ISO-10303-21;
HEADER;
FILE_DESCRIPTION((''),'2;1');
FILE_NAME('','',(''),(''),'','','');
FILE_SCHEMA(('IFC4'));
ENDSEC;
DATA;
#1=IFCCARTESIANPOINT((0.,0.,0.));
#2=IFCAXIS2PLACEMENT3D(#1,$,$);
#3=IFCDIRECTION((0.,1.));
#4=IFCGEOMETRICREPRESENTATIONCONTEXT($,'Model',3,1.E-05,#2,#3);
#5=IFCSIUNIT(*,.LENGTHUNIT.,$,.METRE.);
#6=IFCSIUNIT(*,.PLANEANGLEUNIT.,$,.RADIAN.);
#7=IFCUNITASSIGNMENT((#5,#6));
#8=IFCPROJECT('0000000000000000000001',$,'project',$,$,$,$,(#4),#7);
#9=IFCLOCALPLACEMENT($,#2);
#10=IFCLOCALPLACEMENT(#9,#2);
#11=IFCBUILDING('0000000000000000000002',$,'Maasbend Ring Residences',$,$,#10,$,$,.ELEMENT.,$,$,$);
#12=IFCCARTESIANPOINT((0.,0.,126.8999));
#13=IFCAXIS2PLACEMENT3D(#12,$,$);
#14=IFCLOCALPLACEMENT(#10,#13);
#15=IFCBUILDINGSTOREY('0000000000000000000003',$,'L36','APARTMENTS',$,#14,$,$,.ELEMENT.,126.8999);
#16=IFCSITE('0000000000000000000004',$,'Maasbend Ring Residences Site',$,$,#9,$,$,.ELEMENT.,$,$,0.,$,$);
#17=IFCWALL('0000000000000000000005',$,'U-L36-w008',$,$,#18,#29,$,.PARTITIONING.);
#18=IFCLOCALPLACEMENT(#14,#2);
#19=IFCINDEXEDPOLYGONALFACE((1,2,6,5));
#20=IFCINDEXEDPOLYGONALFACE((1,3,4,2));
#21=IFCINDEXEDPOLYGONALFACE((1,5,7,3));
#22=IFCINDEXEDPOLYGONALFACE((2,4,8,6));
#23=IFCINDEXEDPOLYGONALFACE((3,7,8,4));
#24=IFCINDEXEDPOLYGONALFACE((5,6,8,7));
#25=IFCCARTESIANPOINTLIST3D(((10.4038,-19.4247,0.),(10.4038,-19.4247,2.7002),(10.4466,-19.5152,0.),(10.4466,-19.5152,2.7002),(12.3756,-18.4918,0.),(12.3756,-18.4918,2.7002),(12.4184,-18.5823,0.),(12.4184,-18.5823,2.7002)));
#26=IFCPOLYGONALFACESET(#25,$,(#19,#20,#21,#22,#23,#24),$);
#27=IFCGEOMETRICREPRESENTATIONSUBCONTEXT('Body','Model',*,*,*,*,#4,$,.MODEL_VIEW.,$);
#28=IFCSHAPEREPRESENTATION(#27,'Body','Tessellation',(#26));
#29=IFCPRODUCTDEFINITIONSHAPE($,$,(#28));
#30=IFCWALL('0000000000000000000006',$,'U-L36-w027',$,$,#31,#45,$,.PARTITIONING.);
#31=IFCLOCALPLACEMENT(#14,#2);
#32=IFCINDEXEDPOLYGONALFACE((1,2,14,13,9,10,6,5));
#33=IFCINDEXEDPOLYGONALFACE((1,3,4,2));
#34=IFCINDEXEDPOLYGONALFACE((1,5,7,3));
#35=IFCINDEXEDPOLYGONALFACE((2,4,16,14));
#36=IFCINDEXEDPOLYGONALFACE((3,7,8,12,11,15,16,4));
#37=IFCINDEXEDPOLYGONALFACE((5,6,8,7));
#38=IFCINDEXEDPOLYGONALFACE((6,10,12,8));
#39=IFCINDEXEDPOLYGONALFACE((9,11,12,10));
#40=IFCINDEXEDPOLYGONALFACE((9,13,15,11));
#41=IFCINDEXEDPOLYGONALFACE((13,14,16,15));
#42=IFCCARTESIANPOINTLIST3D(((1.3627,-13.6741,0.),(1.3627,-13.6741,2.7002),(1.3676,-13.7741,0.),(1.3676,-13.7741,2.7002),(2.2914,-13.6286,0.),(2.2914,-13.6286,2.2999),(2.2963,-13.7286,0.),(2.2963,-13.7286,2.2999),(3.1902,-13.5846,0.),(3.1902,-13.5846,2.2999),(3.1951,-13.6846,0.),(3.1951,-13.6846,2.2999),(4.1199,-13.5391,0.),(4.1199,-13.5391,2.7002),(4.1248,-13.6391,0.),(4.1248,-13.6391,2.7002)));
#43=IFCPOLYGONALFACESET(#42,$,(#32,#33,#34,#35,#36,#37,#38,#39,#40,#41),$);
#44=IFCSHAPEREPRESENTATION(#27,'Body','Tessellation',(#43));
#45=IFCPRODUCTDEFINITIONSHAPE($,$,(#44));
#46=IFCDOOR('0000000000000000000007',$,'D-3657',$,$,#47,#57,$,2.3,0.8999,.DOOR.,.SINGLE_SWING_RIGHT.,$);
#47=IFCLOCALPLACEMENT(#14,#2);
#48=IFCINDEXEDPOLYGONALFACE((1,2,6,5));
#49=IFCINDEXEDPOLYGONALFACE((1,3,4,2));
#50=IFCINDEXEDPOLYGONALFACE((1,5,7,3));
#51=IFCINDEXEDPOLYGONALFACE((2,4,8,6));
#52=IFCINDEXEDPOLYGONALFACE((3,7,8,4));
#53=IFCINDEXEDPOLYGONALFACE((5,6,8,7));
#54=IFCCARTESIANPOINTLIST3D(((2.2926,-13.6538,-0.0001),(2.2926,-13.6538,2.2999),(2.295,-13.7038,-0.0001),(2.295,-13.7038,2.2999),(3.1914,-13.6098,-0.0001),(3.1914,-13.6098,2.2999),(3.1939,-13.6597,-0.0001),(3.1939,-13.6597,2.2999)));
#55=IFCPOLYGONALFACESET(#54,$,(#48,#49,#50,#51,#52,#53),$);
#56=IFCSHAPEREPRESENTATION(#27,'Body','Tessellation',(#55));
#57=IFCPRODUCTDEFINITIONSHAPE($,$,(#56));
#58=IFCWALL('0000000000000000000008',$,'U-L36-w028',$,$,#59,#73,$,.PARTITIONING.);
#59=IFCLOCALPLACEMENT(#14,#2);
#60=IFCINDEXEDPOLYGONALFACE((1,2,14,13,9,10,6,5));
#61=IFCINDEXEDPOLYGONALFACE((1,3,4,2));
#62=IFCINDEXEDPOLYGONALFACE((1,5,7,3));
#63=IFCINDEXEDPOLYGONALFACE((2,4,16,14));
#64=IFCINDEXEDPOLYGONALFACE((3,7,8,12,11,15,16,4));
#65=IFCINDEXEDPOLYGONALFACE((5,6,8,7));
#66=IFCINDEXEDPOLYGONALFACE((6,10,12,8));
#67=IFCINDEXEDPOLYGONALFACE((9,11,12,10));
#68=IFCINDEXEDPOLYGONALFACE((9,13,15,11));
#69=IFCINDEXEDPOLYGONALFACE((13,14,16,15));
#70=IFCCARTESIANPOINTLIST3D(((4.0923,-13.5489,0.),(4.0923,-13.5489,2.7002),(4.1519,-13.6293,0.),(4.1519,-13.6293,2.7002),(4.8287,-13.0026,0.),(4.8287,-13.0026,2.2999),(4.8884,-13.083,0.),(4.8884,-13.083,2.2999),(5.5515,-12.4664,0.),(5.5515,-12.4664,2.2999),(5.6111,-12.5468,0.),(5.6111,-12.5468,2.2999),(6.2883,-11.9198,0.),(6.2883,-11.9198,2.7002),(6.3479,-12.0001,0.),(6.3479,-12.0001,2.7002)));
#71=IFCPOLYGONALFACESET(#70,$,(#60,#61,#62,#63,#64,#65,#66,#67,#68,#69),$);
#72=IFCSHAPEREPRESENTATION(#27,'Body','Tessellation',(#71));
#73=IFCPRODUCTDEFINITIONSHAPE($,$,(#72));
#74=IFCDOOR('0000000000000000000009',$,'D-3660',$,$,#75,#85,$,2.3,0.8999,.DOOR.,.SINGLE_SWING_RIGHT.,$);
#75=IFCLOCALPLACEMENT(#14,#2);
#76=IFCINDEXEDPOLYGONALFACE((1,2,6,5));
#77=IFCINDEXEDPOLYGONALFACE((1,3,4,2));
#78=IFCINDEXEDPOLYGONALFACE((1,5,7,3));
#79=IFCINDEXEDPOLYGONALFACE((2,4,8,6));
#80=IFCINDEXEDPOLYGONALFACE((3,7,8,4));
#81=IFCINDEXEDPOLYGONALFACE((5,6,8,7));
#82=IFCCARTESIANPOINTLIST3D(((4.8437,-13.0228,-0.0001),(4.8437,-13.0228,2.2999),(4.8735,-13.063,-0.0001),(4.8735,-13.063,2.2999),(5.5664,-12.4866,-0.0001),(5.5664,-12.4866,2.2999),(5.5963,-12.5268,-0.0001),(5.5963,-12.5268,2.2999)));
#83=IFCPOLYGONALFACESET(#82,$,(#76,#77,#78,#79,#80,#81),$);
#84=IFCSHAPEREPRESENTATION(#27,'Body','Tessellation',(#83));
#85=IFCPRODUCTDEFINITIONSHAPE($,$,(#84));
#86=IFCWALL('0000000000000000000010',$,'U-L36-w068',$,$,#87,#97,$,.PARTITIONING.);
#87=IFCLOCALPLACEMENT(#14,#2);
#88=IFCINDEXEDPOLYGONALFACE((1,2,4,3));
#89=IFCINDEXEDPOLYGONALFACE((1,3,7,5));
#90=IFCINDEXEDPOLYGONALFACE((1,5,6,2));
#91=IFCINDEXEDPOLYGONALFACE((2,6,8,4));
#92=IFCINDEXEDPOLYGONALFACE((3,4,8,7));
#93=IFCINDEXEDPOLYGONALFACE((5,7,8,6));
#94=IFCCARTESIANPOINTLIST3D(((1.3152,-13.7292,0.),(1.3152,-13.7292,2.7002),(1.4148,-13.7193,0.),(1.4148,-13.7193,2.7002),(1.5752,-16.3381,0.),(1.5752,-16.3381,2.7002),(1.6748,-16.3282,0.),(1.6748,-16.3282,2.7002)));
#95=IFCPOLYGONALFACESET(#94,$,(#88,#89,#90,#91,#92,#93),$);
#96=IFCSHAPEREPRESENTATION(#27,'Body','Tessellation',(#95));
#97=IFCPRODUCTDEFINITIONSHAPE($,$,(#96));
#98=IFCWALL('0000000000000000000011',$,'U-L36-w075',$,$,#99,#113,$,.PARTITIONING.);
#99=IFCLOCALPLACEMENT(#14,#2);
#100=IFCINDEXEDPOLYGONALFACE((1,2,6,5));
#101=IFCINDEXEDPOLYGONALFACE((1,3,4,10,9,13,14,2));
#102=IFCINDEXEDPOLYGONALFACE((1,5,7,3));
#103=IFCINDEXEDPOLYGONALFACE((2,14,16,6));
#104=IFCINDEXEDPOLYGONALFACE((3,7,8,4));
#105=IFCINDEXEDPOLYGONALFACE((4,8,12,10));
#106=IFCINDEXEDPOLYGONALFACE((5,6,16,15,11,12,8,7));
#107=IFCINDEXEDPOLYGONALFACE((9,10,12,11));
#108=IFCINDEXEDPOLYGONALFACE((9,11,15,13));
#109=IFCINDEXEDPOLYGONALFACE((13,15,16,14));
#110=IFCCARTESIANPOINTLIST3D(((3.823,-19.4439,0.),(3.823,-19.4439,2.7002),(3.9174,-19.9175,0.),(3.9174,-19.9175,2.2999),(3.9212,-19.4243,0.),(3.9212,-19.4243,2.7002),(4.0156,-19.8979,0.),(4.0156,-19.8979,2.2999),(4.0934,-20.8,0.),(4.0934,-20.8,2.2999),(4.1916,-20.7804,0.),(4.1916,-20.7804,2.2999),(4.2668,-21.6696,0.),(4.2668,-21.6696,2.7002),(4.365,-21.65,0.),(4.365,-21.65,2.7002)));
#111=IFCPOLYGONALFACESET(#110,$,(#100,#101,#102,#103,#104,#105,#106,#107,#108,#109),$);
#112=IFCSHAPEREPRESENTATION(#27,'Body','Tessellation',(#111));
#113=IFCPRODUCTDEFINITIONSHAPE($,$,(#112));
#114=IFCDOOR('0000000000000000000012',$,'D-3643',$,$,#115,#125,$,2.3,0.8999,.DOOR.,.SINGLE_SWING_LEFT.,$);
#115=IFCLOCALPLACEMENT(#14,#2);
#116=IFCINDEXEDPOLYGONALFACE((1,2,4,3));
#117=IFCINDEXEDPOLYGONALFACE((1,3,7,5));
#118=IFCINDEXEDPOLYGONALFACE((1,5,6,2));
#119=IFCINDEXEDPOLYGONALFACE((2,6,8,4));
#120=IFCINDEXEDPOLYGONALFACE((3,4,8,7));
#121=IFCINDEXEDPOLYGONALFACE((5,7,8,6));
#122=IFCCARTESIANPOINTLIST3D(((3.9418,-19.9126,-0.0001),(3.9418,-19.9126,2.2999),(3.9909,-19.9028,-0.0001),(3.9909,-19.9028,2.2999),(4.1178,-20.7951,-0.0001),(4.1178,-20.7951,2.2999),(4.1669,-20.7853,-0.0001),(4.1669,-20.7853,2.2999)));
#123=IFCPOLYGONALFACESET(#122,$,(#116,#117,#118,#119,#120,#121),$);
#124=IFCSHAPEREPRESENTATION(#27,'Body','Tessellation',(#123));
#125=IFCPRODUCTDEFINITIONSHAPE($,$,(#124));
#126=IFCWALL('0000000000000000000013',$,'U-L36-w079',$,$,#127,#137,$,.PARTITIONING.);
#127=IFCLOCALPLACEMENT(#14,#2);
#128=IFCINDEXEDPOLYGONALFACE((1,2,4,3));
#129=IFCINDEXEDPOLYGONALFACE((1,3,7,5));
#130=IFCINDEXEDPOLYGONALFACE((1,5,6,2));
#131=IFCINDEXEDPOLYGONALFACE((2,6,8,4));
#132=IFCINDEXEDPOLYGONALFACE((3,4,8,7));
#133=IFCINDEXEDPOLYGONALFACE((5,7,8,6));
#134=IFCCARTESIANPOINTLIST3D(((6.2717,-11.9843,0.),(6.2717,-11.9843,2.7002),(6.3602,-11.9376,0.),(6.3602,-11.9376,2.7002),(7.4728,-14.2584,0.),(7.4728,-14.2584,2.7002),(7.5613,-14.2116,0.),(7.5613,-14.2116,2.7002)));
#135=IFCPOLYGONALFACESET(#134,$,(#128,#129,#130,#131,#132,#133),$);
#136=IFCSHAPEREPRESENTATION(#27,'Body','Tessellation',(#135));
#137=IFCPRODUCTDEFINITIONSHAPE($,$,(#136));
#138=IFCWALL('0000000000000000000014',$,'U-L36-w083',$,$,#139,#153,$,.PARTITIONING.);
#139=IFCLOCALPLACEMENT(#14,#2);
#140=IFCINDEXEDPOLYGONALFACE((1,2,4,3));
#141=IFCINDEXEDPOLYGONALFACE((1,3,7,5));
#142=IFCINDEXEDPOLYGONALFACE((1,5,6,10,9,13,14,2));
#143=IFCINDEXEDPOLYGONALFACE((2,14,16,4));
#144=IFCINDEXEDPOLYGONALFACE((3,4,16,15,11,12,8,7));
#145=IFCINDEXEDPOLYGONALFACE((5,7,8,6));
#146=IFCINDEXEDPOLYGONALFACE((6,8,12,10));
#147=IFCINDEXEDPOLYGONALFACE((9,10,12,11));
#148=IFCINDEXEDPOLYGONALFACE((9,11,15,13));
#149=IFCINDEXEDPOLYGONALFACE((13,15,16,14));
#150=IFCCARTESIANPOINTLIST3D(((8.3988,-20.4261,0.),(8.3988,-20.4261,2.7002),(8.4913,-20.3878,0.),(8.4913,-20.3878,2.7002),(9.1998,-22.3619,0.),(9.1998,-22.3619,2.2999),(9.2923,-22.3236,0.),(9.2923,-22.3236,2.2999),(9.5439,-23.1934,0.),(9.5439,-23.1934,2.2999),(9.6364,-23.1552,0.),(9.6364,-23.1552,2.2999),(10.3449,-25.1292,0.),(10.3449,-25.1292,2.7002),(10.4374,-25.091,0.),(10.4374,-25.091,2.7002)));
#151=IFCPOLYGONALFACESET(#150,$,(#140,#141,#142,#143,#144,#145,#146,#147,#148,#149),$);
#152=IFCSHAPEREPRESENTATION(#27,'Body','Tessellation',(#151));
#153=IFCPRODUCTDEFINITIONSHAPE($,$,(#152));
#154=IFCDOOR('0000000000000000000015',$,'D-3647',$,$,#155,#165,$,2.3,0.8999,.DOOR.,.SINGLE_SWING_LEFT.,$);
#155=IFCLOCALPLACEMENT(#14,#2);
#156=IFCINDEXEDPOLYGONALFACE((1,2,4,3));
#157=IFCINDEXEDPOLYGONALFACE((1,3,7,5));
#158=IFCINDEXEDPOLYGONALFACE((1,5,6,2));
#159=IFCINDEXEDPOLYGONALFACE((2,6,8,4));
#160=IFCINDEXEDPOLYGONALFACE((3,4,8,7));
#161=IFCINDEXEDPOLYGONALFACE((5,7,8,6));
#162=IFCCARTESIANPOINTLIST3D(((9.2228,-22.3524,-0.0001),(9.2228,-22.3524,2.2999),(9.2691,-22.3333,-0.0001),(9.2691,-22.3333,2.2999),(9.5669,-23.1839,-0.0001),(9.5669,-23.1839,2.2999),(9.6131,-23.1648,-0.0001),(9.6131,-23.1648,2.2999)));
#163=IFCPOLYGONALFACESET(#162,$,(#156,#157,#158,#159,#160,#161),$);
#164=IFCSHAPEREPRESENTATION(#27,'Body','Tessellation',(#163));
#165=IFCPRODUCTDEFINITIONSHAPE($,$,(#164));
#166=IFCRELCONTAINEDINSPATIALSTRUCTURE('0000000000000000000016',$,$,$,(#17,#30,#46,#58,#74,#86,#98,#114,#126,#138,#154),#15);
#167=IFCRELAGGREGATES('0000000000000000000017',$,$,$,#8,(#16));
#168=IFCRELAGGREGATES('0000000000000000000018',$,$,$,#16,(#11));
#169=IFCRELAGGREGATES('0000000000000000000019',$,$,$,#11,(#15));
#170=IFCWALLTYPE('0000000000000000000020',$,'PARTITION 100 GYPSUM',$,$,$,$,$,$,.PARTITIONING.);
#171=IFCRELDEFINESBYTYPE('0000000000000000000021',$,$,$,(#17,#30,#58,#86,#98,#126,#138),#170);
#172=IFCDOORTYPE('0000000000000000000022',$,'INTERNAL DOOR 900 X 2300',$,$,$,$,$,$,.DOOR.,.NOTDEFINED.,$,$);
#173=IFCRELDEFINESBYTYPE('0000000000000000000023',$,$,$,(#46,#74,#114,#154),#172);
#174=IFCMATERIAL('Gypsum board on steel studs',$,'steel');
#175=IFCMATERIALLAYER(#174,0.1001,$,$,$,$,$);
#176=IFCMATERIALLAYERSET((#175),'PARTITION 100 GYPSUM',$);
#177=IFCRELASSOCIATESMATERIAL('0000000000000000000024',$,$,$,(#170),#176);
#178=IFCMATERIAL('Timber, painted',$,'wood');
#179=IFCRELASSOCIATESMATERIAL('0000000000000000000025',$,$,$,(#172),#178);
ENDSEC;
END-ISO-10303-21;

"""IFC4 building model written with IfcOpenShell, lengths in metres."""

from ifc_helpers import new_model, si_unit, direction, frame, frame_2d, origin, place, context, subcontext, project, spatial, rectangle, extrude, material, layer, layer_set, type_object, element, fill, save


model = new_model("IFC4")

# Units and contexts
model_context = context("Model", 3, precision=1e-05, world=origin(), true_north=direction((0.0, 1.0)))
body_context = subcontext(model_context, "Body", "Model", "MODEL_VIEW")
ifc_project = project(units=[si_unit("LENGTHUNIT", "METRE"), si_unit("PLANEANGLEUNIT", "RADIAN")], contexts=[model_context])

# Site, building, storey
site_placement = place(None, origin())
site = spatial("IfcSite", under=ifc_project, at=site_placement, Name="Maasbend Ring Residences Site", CompositionType="ELEMENT", RefElevation=0.0)
building_placement = place(site_placement, origin())
building = spatial("IfcBuilding", under=site, at=building_placement, Name="Maasbend Ring Residences", CompositionType="ELEMENT")
storey_placement = place(building_placement, frame((0.0, 0.0, 126.8999)))
storey = spatial("IfcBuildingStorey", under=building, at=storey_placement, Name="L36", Description="APARTMENTS", CompositionType="ELEMENT", Elevation=126.8999)

# Wall
ifc_material_1 = material(Name="Gypsum board on steel studs", Category="steel")
ifc_layer_1 = layer(ifc_material_1, 0.1001)
ifc_layer_set_1 = layer_set([ifc_layer_1], Name="PARTITION 100 GYPSUM")
wall_type_1 = type_object("IfcWallType", Name="PARTITION 100 GYPSUM", PredefinedType="PARTITIONING", material=ifc_layer_set_1)
wall_1_placement = place(storey_placement, frame((10.425, -19.47, 0.0), z_axis=(0.0, 0.0, 1.0), x_axis=(0.903952, 0.427634, 0.0)))
element("IfcWall", 1, at=wall_1_placement, inside=storey, type_object=wall_type_1, Name="U-L36-w008", PredefinedType="PARTITIONING", context=body_context, shape_type="SweptSolid", body=[
    extrude(rectangle(XDim=2.1814, YDim=0.1001, at=frame_2d((1.0908, 0.0))), origin(), (0.0, 0.0, 1.0), 2.7002),
])

# Walls, openings, doors
wall_2_placement = place(storey_placement, frame((1.365, -13.7241, 0.0), z_axis=(0.0, 0.0, 1.0), x_axis=(0.998803, 0.04891, 0.0)))
wall_2 = element("IfcWall", 2, at=wall_2_placement, inside=storey, type_object=wall_type_1, Name="U-L36-w027", PredefinedType="PARTITIONING", context=body_context, shape_type="SweptSolid", body=[
    extrude(rectangle(XDim=2.7605, YDim=0.1001, at=frame_2d((1.3804, 0.0))), origin(), (0.0, 0.0, 1.0), 2.7002),
])
opening_1_placement = place(wall_2_placement, frame((0.9299, 0.0, 0.0)))
opening_1 = element("IfcOpeningElement", 3, at=opening_1_placement, cuts=wall_2, PredefinedType="OPENING", context=body_context, shape_type="SweptSolid", body=[
    extrude(rectangle(XDim=0.8999, YDim=2.3, at=frame_2d((0.45, 1.1499))), frame((0.0, 0.0601, 0.0), z_axis=(0.0, -1.0, 0.0), x_axis=(1.0, 0.0, 0.0)), (0.0, 0.0, 1.0), 0.1201),
])
ifc_material_2 = material(Name="Timber, painted", Category="wood")
door_type_1 = type_object("IfcDoorType", Name="INTERNAL DOOR 900 X 2300", OperationType="NOTDEFINED", PredefinedType="DOOR", material=ifc_material_2)
door_1_placement = place(opening_1_placement, origin())
door_1 = element("IfcDoor", 4, at=door_1_placement, inside=storey, type_object=door_type_1, Name="D-3657", OperationType="SINGLE_SWING_RIGHT", OverallHeight=2.3, OverallWidth=0.8999, PredefinedType="DOOR", context=body_context, shape_type="SweptSolid", body=[
    extrude(rectangle(XDim=0.8999, YDim=2.3, at=frame_2d((0.45, 1.1499))), frame((0.0, 0.0249, 0.0), z_axis=(0.0, -1.0, 0.0), x_axis=(1.0, 0.0, 0.0)), (0.0, 0.0, 1.0), 0.05),
])
fill(opening_1, door_1)
wall_3_placement = place(storey_placement, frame((4.1221, -13.5891, 0.0), z_axis=(0.0, 0.0, 1.0), x_axis=(0.803128, 0.595806, 0.0)))
wall_3 = element("IfcWall", 5, at=wall_3_placement, inside=storey, type_object=wall_type_1, Name="U-L36-w028", PredefinedType="PARTITIONING", context=body_context, shape_type="SweptSolid", body=[
    extrude(rectangle(XDim=2.7344, YDim=0.1001, at=frame_2d((1.3672, 0.0))), origin(), (0.0, 0.0, 1.0), 2.7002),
])
opening_2_placement = place(wall_3_placement, frame((0.917, 0.0, 0.0)))
opening_2 = element("IfcOpeningElement", 6, at=opening_2_placement, cuts=wall_3, PredefinedType="OPENING", context=body_context, shape_type="SweptSolid", body=[
    extrude(rectangle(XDim=0.8999, YDim=2.3, at=frame_2d((0.45, 1.1499))), frame((0.0, 0.0601, 0.0), z_axis=(0.0, -1.0, 0.0), x_axis=(1.0, 0.0, 0.0)), (0.0, 0.0, 1.0), 0.1201),
])
door_2_placement = place(opening_2_placement, origin())
door_2 = element("IfcDoor", 7, at=door_2_placement, inside=storey, type_object=door_type_1, Name="D-3660", OperationType="SINGLE_SWING_RIGHT", OverallHeight=2.3, OverallWidth=0.8999, PredefinedType="DOOR", context=body_context, shape_type="SweptSolid", body=[
    extrude(rectangle(XDim=0.8999, YDim=2.3, at=frame_2d((0.45, 1.1499))), frame((0.0, 0.0249, 0.0), z_axis=(0.0, -1.0, 0.0), x_axis=(1.0, 0.0, 0.0)), (0.0, 0.0, 1.0), 0.05),
])
fill(opening_2, door_2)

# Wall
wall_4_placement = place(storey_placement, frame((1.365, -13.7241, 0.0), z_axis=(0.0, 0.0, 1.0), x_axis=(0.099172, -0.99507, 0.0)))
element("IfcWall", 8, at=wall_4_placement, inside=storey, type_object=wall_type_1, Name="U-L36-w068", PredefinedType="PARTITIONING", context=body_context, shape_type="SweptSolid", body=[
    extrude(rectangle(XDim=2.6218, YDim=0.1001, at=frame_2d((1.311, 0.0))), origin(), (0.0, 0.0, 1.0), 2.7002),
])

# Wall, opening, door
wall_5_placement = place(storey_placement, frame((3.8721, -19.4341, 0.0), z_axis=(0.0, 0.0, 1.0), x_axis=(0.195558, -0.980692, 0.0)))
wall_5 = element("IfcWall", 9, at=wall_5_placement, inside=storey, type_object=wall_type_1, Name="U-L36-w075", PredefinedType="PARTITIONING", context=body_context, shape_type="SweptSolid", body=[
    extrude(rectangle(XDim=2.2695, YDim=0.1001, at=frame_2d((1.1348, 0.0))), origin(), (0.0, 0.0, 1.0), 2.7002),
])
opening_3_placement = place(wall_5_placement, frame((0.4829, 0.0, 0.0)))
opening_3 = element("IfcOpeningElement", 10, at=opening_3_placement, cuts=wall_5, PredefinedType="OPENING", context=body_context, shape_type="SweptSolid", body=[
    extrude(rectangle(XDim=0.8999, YDim=2.3, at=frame_2d((0.45, 1.1499))), frame((0.0, 0.0601, 0.0), z_axis=(0.0, -1.0, 0.0), x_axis=(1.0, 0.0, 0.0)), (0.0, 0.0, 1.0), 0.1201),
])
door_3_placement = place(opening_3_placement, origin())
door_3 = element("IfcDoor", 11, at=door_3_placement, inside=storey, type_object=door_type_1, Name="D-3643", OperationType="SINGLE_SWING_LEFT", OverallHeight=2.3, OverallWidth=0.8999, PredefinedType="DOOR", context=body_context, shape_type="SweptSolid", body=[
    extrude(rectangle(XDim=0.8999, YDim=2.3, at=frame_2d((0.45, 1.1499))), frame((0.0, 0.0249, 0.0), z_axis=(0.0, -1.0, 0.0), x_axis=(1.0, 0.0, 0.0)), (0.0, 0.0, 1.0), 0.05),
])
fill(opening_3, door_3)

# Wall
wall_6_placement = place(storey_placement, frame((6.3159, -11.9609, 0.0), z_axis=(0.0, 0.0, 1.0), x_axis=(0.467037, -0.884238, 0.0)))
element("IfcWall", 12, at=wall_6_placement, inside=storey, type_object=wall_type_1, Name="U-L36-w079", PredefinedType="PARTITIONING", context=body_context, shape_type="SweptSolid", body=[
    extrude(rectangle(XDim=2.5718, YDim=0.1001, at=frame_2d((1.2859, 0.0))), origin(), (0.0, 0.0, 1.0), 2.7002),
])

# Wall, opening, door
wall_7_placement = place(storey_placement, frame((8.4451, -20.407, 0.0), z_axis=(0.0, 0.0, 1.0), x_axis=(0.382339, -0.924022, 0.0)))
wall_7 = element("IfcWall", 13, at=wall_7_placement, inside=storey, type_object=wall_type_1, Name="U-L36-w083", PredefinedType="PARTITIONING", context=body_context, shape_type="SweptSolid", body=[
    extrude(rectangle(XDim=5.0898, YDim=0.1001, at=frame_2d((2.5449, 0.0))), origin(), (0.0, 0.0, 1.0), 2.7002),
])
opening_4_placement = place(wall_7_placement, frame((2.095, 0.0, 0.0)))
opening_4 = element("IfcOpeningElement", 14, at=opening_4_placement, cuts=wall_7, PredefinedType="OPENING", context=body_context, shape_type="SweptSolid", body=[
    extrude(rectangle(XDim=0.8999, YDim=2.3, at=frame_2d((0.45, 1.1499))), frame((0.0, 0.0601, 0.0), z_axis=(0.0, -1.0, 0.0), x_axis=(1.0, 0.0, 0.0)), (0.0, 0.0, 1.0), 0.1201),
])
door_4_placement = place(opening_4_placement, origin())
door_4 = element("IfcDoor", 15, at=door_4_placement, inside=storey, type_object=door_type_1, Name="D-3647", OperationType="SINGLE_SWING_LEFT", OverallHeight=2.3, OverallWidth=0.8999, PredefinedType="DOOR", context=body_context, shape_type="SweptSolid", body=[
    extrude(rectangle(XDim=0.8999, YDim=2.3, at=frame_2d((0.45, 1.1499))), frame((0.0, 0.0249, 0.0), z_axis=(0.0, -1.0, 0.0), x_axis=(1.0, 0.0, 0.0)), (0.0, 0.0, 1.0), 0.05),
])
fill(opening_4, door_4)

save(model, "model.ifc")
